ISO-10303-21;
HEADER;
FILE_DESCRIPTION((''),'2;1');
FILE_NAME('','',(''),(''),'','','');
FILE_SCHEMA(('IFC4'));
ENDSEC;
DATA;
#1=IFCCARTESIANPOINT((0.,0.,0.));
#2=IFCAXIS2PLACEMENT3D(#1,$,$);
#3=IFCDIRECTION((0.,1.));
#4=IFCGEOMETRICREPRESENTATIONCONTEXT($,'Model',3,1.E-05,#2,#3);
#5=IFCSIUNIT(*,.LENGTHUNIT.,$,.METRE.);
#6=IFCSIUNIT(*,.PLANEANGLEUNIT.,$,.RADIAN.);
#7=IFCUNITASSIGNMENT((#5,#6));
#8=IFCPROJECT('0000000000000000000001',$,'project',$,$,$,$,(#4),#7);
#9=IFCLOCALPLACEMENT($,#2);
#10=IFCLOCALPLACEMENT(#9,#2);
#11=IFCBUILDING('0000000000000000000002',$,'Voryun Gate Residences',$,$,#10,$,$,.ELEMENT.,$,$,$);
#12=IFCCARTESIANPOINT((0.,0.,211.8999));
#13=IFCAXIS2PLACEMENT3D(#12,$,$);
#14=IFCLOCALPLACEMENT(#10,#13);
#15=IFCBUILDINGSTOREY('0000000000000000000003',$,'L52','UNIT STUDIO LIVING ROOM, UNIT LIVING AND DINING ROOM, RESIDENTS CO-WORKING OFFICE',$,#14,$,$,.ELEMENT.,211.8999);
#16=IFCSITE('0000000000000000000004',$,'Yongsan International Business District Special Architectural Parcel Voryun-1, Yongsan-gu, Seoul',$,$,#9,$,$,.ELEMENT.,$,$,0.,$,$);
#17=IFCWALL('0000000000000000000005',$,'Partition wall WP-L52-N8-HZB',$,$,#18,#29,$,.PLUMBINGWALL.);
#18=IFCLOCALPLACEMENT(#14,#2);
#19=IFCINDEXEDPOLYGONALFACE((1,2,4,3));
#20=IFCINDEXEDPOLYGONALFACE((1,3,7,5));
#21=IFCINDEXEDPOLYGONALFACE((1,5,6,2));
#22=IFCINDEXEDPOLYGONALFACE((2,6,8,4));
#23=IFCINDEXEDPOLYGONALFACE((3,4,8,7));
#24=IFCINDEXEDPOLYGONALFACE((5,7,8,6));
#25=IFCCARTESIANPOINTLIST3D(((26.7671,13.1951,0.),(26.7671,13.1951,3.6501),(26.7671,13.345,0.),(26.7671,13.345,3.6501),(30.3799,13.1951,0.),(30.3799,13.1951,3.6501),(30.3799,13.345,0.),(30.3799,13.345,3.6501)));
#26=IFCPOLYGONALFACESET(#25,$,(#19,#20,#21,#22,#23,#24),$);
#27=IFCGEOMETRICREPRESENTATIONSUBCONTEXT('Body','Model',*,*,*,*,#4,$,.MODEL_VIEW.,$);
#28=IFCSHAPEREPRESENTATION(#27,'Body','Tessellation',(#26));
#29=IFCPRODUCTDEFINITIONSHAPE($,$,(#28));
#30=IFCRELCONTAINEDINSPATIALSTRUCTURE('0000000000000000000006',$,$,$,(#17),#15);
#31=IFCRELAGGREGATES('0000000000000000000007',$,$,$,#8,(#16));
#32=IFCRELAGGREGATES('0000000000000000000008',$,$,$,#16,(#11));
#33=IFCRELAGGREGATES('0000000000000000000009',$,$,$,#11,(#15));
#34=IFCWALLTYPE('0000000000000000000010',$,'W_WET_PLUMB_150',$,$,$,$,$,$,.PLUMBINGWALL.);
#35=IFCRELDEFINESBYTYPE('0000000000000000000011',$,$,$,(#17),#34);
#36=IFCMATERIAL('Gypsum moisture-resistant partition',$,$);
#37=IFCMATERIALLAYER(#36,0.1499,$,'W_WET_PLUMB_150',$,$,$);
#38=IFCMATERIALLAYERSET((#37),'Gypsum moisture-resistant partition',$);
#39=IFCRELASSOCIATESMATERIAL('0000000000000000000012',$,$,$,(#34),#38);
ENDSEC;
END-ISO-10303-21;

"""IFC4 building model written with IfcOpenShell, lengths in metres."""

from ifc_helpers import new_model, si_unit, direction, frame, frame_2d, origin, place, context, subcontext, project, spatial, rectangle, extrude, material, layer, layer_set, type_object, element, save


model = new_model("IFC4")

# Units and contexts
model_context = context("Model", 3, precision=1e-05, world=origin(), true_north=direction((0.0, 1.0)))
body_context = subcontext(model_context, "Body", "Model", "MODEL_VIEW")
ifc_project = project(units=[si_unit("LENGTHUNIT", "METRE"), si_unit("PLANEANGLEUNIT", "RADIAN")], contexts=[model_context])

# Site, building, storey
site_placement = place(None, origin())
site = spatial("IfcSite", under=ifc_project, at=site_placement, Name="Yongsan International Business District Special Architectural Parcel Voryun-1, Yongsan-gu, Seoul", CompositionType="ELEMENT", RefElevation=0.0)
building_placement = place(site_placement, origin())
building = spatial("IfcBuilding", under=site, at=building_placement, Name="Voryun Gate Residences", CompositionType="ELEMENT")
storey_placement = place(building_placement, frame((0.0, 0.0, 211.8999)))
storey = spatial("IfcBuildingStorey", under=building, at=storey_placement, Name="L52", Description="UNIT STUDIO LIVING ROOM, UNIT LIVING AND DINING ROOM, RESIDENTS CO-WORKING OFFICE", CompositionType="ELEMENT", Elevation=211.8999)

# Shared definitions
ifc_material_1 = material(Name="Gypsum moisture-resistant partition")
ifc_layer_1 = layer(ifc_material_1, 0.1499, Name="W_WET_PLUMB_150")
ifc_layer_set_1 = layer_set([ifc_layer_1], Name="Gypsum moisture-resistant partition")
wall_type_1 = type_object("IfcWallType", Name="W_WET_PLUMB_150", PredefinedType="PLUMBINGWALL", material=ifc_layer_set_1)

# Wall
wall_1_placement = place(storey_placement, frame((26.7671, 13.27, 0.0), z_axis=(0.0, 0.0, 1.0), x_axis=(1.0, 0.0, 0.0)))
element("IfcWall", 1, at=wall_1_placement, inside=storey, type_object=wall_type_1, Name="Partition wall WP-L52-N8-HZB", PredefinedType="PLUMBINGWALL", context=body_context, shape_type="SweptSolid", body=[
    extrude(rectangle(XDim=3.6128, YDim=0.1499, at=frame_2d((1.8064, 0.0))), origin(), (0.0, 0.0, 1.0), 3.6501),
])

save(model, "model.ifc")
